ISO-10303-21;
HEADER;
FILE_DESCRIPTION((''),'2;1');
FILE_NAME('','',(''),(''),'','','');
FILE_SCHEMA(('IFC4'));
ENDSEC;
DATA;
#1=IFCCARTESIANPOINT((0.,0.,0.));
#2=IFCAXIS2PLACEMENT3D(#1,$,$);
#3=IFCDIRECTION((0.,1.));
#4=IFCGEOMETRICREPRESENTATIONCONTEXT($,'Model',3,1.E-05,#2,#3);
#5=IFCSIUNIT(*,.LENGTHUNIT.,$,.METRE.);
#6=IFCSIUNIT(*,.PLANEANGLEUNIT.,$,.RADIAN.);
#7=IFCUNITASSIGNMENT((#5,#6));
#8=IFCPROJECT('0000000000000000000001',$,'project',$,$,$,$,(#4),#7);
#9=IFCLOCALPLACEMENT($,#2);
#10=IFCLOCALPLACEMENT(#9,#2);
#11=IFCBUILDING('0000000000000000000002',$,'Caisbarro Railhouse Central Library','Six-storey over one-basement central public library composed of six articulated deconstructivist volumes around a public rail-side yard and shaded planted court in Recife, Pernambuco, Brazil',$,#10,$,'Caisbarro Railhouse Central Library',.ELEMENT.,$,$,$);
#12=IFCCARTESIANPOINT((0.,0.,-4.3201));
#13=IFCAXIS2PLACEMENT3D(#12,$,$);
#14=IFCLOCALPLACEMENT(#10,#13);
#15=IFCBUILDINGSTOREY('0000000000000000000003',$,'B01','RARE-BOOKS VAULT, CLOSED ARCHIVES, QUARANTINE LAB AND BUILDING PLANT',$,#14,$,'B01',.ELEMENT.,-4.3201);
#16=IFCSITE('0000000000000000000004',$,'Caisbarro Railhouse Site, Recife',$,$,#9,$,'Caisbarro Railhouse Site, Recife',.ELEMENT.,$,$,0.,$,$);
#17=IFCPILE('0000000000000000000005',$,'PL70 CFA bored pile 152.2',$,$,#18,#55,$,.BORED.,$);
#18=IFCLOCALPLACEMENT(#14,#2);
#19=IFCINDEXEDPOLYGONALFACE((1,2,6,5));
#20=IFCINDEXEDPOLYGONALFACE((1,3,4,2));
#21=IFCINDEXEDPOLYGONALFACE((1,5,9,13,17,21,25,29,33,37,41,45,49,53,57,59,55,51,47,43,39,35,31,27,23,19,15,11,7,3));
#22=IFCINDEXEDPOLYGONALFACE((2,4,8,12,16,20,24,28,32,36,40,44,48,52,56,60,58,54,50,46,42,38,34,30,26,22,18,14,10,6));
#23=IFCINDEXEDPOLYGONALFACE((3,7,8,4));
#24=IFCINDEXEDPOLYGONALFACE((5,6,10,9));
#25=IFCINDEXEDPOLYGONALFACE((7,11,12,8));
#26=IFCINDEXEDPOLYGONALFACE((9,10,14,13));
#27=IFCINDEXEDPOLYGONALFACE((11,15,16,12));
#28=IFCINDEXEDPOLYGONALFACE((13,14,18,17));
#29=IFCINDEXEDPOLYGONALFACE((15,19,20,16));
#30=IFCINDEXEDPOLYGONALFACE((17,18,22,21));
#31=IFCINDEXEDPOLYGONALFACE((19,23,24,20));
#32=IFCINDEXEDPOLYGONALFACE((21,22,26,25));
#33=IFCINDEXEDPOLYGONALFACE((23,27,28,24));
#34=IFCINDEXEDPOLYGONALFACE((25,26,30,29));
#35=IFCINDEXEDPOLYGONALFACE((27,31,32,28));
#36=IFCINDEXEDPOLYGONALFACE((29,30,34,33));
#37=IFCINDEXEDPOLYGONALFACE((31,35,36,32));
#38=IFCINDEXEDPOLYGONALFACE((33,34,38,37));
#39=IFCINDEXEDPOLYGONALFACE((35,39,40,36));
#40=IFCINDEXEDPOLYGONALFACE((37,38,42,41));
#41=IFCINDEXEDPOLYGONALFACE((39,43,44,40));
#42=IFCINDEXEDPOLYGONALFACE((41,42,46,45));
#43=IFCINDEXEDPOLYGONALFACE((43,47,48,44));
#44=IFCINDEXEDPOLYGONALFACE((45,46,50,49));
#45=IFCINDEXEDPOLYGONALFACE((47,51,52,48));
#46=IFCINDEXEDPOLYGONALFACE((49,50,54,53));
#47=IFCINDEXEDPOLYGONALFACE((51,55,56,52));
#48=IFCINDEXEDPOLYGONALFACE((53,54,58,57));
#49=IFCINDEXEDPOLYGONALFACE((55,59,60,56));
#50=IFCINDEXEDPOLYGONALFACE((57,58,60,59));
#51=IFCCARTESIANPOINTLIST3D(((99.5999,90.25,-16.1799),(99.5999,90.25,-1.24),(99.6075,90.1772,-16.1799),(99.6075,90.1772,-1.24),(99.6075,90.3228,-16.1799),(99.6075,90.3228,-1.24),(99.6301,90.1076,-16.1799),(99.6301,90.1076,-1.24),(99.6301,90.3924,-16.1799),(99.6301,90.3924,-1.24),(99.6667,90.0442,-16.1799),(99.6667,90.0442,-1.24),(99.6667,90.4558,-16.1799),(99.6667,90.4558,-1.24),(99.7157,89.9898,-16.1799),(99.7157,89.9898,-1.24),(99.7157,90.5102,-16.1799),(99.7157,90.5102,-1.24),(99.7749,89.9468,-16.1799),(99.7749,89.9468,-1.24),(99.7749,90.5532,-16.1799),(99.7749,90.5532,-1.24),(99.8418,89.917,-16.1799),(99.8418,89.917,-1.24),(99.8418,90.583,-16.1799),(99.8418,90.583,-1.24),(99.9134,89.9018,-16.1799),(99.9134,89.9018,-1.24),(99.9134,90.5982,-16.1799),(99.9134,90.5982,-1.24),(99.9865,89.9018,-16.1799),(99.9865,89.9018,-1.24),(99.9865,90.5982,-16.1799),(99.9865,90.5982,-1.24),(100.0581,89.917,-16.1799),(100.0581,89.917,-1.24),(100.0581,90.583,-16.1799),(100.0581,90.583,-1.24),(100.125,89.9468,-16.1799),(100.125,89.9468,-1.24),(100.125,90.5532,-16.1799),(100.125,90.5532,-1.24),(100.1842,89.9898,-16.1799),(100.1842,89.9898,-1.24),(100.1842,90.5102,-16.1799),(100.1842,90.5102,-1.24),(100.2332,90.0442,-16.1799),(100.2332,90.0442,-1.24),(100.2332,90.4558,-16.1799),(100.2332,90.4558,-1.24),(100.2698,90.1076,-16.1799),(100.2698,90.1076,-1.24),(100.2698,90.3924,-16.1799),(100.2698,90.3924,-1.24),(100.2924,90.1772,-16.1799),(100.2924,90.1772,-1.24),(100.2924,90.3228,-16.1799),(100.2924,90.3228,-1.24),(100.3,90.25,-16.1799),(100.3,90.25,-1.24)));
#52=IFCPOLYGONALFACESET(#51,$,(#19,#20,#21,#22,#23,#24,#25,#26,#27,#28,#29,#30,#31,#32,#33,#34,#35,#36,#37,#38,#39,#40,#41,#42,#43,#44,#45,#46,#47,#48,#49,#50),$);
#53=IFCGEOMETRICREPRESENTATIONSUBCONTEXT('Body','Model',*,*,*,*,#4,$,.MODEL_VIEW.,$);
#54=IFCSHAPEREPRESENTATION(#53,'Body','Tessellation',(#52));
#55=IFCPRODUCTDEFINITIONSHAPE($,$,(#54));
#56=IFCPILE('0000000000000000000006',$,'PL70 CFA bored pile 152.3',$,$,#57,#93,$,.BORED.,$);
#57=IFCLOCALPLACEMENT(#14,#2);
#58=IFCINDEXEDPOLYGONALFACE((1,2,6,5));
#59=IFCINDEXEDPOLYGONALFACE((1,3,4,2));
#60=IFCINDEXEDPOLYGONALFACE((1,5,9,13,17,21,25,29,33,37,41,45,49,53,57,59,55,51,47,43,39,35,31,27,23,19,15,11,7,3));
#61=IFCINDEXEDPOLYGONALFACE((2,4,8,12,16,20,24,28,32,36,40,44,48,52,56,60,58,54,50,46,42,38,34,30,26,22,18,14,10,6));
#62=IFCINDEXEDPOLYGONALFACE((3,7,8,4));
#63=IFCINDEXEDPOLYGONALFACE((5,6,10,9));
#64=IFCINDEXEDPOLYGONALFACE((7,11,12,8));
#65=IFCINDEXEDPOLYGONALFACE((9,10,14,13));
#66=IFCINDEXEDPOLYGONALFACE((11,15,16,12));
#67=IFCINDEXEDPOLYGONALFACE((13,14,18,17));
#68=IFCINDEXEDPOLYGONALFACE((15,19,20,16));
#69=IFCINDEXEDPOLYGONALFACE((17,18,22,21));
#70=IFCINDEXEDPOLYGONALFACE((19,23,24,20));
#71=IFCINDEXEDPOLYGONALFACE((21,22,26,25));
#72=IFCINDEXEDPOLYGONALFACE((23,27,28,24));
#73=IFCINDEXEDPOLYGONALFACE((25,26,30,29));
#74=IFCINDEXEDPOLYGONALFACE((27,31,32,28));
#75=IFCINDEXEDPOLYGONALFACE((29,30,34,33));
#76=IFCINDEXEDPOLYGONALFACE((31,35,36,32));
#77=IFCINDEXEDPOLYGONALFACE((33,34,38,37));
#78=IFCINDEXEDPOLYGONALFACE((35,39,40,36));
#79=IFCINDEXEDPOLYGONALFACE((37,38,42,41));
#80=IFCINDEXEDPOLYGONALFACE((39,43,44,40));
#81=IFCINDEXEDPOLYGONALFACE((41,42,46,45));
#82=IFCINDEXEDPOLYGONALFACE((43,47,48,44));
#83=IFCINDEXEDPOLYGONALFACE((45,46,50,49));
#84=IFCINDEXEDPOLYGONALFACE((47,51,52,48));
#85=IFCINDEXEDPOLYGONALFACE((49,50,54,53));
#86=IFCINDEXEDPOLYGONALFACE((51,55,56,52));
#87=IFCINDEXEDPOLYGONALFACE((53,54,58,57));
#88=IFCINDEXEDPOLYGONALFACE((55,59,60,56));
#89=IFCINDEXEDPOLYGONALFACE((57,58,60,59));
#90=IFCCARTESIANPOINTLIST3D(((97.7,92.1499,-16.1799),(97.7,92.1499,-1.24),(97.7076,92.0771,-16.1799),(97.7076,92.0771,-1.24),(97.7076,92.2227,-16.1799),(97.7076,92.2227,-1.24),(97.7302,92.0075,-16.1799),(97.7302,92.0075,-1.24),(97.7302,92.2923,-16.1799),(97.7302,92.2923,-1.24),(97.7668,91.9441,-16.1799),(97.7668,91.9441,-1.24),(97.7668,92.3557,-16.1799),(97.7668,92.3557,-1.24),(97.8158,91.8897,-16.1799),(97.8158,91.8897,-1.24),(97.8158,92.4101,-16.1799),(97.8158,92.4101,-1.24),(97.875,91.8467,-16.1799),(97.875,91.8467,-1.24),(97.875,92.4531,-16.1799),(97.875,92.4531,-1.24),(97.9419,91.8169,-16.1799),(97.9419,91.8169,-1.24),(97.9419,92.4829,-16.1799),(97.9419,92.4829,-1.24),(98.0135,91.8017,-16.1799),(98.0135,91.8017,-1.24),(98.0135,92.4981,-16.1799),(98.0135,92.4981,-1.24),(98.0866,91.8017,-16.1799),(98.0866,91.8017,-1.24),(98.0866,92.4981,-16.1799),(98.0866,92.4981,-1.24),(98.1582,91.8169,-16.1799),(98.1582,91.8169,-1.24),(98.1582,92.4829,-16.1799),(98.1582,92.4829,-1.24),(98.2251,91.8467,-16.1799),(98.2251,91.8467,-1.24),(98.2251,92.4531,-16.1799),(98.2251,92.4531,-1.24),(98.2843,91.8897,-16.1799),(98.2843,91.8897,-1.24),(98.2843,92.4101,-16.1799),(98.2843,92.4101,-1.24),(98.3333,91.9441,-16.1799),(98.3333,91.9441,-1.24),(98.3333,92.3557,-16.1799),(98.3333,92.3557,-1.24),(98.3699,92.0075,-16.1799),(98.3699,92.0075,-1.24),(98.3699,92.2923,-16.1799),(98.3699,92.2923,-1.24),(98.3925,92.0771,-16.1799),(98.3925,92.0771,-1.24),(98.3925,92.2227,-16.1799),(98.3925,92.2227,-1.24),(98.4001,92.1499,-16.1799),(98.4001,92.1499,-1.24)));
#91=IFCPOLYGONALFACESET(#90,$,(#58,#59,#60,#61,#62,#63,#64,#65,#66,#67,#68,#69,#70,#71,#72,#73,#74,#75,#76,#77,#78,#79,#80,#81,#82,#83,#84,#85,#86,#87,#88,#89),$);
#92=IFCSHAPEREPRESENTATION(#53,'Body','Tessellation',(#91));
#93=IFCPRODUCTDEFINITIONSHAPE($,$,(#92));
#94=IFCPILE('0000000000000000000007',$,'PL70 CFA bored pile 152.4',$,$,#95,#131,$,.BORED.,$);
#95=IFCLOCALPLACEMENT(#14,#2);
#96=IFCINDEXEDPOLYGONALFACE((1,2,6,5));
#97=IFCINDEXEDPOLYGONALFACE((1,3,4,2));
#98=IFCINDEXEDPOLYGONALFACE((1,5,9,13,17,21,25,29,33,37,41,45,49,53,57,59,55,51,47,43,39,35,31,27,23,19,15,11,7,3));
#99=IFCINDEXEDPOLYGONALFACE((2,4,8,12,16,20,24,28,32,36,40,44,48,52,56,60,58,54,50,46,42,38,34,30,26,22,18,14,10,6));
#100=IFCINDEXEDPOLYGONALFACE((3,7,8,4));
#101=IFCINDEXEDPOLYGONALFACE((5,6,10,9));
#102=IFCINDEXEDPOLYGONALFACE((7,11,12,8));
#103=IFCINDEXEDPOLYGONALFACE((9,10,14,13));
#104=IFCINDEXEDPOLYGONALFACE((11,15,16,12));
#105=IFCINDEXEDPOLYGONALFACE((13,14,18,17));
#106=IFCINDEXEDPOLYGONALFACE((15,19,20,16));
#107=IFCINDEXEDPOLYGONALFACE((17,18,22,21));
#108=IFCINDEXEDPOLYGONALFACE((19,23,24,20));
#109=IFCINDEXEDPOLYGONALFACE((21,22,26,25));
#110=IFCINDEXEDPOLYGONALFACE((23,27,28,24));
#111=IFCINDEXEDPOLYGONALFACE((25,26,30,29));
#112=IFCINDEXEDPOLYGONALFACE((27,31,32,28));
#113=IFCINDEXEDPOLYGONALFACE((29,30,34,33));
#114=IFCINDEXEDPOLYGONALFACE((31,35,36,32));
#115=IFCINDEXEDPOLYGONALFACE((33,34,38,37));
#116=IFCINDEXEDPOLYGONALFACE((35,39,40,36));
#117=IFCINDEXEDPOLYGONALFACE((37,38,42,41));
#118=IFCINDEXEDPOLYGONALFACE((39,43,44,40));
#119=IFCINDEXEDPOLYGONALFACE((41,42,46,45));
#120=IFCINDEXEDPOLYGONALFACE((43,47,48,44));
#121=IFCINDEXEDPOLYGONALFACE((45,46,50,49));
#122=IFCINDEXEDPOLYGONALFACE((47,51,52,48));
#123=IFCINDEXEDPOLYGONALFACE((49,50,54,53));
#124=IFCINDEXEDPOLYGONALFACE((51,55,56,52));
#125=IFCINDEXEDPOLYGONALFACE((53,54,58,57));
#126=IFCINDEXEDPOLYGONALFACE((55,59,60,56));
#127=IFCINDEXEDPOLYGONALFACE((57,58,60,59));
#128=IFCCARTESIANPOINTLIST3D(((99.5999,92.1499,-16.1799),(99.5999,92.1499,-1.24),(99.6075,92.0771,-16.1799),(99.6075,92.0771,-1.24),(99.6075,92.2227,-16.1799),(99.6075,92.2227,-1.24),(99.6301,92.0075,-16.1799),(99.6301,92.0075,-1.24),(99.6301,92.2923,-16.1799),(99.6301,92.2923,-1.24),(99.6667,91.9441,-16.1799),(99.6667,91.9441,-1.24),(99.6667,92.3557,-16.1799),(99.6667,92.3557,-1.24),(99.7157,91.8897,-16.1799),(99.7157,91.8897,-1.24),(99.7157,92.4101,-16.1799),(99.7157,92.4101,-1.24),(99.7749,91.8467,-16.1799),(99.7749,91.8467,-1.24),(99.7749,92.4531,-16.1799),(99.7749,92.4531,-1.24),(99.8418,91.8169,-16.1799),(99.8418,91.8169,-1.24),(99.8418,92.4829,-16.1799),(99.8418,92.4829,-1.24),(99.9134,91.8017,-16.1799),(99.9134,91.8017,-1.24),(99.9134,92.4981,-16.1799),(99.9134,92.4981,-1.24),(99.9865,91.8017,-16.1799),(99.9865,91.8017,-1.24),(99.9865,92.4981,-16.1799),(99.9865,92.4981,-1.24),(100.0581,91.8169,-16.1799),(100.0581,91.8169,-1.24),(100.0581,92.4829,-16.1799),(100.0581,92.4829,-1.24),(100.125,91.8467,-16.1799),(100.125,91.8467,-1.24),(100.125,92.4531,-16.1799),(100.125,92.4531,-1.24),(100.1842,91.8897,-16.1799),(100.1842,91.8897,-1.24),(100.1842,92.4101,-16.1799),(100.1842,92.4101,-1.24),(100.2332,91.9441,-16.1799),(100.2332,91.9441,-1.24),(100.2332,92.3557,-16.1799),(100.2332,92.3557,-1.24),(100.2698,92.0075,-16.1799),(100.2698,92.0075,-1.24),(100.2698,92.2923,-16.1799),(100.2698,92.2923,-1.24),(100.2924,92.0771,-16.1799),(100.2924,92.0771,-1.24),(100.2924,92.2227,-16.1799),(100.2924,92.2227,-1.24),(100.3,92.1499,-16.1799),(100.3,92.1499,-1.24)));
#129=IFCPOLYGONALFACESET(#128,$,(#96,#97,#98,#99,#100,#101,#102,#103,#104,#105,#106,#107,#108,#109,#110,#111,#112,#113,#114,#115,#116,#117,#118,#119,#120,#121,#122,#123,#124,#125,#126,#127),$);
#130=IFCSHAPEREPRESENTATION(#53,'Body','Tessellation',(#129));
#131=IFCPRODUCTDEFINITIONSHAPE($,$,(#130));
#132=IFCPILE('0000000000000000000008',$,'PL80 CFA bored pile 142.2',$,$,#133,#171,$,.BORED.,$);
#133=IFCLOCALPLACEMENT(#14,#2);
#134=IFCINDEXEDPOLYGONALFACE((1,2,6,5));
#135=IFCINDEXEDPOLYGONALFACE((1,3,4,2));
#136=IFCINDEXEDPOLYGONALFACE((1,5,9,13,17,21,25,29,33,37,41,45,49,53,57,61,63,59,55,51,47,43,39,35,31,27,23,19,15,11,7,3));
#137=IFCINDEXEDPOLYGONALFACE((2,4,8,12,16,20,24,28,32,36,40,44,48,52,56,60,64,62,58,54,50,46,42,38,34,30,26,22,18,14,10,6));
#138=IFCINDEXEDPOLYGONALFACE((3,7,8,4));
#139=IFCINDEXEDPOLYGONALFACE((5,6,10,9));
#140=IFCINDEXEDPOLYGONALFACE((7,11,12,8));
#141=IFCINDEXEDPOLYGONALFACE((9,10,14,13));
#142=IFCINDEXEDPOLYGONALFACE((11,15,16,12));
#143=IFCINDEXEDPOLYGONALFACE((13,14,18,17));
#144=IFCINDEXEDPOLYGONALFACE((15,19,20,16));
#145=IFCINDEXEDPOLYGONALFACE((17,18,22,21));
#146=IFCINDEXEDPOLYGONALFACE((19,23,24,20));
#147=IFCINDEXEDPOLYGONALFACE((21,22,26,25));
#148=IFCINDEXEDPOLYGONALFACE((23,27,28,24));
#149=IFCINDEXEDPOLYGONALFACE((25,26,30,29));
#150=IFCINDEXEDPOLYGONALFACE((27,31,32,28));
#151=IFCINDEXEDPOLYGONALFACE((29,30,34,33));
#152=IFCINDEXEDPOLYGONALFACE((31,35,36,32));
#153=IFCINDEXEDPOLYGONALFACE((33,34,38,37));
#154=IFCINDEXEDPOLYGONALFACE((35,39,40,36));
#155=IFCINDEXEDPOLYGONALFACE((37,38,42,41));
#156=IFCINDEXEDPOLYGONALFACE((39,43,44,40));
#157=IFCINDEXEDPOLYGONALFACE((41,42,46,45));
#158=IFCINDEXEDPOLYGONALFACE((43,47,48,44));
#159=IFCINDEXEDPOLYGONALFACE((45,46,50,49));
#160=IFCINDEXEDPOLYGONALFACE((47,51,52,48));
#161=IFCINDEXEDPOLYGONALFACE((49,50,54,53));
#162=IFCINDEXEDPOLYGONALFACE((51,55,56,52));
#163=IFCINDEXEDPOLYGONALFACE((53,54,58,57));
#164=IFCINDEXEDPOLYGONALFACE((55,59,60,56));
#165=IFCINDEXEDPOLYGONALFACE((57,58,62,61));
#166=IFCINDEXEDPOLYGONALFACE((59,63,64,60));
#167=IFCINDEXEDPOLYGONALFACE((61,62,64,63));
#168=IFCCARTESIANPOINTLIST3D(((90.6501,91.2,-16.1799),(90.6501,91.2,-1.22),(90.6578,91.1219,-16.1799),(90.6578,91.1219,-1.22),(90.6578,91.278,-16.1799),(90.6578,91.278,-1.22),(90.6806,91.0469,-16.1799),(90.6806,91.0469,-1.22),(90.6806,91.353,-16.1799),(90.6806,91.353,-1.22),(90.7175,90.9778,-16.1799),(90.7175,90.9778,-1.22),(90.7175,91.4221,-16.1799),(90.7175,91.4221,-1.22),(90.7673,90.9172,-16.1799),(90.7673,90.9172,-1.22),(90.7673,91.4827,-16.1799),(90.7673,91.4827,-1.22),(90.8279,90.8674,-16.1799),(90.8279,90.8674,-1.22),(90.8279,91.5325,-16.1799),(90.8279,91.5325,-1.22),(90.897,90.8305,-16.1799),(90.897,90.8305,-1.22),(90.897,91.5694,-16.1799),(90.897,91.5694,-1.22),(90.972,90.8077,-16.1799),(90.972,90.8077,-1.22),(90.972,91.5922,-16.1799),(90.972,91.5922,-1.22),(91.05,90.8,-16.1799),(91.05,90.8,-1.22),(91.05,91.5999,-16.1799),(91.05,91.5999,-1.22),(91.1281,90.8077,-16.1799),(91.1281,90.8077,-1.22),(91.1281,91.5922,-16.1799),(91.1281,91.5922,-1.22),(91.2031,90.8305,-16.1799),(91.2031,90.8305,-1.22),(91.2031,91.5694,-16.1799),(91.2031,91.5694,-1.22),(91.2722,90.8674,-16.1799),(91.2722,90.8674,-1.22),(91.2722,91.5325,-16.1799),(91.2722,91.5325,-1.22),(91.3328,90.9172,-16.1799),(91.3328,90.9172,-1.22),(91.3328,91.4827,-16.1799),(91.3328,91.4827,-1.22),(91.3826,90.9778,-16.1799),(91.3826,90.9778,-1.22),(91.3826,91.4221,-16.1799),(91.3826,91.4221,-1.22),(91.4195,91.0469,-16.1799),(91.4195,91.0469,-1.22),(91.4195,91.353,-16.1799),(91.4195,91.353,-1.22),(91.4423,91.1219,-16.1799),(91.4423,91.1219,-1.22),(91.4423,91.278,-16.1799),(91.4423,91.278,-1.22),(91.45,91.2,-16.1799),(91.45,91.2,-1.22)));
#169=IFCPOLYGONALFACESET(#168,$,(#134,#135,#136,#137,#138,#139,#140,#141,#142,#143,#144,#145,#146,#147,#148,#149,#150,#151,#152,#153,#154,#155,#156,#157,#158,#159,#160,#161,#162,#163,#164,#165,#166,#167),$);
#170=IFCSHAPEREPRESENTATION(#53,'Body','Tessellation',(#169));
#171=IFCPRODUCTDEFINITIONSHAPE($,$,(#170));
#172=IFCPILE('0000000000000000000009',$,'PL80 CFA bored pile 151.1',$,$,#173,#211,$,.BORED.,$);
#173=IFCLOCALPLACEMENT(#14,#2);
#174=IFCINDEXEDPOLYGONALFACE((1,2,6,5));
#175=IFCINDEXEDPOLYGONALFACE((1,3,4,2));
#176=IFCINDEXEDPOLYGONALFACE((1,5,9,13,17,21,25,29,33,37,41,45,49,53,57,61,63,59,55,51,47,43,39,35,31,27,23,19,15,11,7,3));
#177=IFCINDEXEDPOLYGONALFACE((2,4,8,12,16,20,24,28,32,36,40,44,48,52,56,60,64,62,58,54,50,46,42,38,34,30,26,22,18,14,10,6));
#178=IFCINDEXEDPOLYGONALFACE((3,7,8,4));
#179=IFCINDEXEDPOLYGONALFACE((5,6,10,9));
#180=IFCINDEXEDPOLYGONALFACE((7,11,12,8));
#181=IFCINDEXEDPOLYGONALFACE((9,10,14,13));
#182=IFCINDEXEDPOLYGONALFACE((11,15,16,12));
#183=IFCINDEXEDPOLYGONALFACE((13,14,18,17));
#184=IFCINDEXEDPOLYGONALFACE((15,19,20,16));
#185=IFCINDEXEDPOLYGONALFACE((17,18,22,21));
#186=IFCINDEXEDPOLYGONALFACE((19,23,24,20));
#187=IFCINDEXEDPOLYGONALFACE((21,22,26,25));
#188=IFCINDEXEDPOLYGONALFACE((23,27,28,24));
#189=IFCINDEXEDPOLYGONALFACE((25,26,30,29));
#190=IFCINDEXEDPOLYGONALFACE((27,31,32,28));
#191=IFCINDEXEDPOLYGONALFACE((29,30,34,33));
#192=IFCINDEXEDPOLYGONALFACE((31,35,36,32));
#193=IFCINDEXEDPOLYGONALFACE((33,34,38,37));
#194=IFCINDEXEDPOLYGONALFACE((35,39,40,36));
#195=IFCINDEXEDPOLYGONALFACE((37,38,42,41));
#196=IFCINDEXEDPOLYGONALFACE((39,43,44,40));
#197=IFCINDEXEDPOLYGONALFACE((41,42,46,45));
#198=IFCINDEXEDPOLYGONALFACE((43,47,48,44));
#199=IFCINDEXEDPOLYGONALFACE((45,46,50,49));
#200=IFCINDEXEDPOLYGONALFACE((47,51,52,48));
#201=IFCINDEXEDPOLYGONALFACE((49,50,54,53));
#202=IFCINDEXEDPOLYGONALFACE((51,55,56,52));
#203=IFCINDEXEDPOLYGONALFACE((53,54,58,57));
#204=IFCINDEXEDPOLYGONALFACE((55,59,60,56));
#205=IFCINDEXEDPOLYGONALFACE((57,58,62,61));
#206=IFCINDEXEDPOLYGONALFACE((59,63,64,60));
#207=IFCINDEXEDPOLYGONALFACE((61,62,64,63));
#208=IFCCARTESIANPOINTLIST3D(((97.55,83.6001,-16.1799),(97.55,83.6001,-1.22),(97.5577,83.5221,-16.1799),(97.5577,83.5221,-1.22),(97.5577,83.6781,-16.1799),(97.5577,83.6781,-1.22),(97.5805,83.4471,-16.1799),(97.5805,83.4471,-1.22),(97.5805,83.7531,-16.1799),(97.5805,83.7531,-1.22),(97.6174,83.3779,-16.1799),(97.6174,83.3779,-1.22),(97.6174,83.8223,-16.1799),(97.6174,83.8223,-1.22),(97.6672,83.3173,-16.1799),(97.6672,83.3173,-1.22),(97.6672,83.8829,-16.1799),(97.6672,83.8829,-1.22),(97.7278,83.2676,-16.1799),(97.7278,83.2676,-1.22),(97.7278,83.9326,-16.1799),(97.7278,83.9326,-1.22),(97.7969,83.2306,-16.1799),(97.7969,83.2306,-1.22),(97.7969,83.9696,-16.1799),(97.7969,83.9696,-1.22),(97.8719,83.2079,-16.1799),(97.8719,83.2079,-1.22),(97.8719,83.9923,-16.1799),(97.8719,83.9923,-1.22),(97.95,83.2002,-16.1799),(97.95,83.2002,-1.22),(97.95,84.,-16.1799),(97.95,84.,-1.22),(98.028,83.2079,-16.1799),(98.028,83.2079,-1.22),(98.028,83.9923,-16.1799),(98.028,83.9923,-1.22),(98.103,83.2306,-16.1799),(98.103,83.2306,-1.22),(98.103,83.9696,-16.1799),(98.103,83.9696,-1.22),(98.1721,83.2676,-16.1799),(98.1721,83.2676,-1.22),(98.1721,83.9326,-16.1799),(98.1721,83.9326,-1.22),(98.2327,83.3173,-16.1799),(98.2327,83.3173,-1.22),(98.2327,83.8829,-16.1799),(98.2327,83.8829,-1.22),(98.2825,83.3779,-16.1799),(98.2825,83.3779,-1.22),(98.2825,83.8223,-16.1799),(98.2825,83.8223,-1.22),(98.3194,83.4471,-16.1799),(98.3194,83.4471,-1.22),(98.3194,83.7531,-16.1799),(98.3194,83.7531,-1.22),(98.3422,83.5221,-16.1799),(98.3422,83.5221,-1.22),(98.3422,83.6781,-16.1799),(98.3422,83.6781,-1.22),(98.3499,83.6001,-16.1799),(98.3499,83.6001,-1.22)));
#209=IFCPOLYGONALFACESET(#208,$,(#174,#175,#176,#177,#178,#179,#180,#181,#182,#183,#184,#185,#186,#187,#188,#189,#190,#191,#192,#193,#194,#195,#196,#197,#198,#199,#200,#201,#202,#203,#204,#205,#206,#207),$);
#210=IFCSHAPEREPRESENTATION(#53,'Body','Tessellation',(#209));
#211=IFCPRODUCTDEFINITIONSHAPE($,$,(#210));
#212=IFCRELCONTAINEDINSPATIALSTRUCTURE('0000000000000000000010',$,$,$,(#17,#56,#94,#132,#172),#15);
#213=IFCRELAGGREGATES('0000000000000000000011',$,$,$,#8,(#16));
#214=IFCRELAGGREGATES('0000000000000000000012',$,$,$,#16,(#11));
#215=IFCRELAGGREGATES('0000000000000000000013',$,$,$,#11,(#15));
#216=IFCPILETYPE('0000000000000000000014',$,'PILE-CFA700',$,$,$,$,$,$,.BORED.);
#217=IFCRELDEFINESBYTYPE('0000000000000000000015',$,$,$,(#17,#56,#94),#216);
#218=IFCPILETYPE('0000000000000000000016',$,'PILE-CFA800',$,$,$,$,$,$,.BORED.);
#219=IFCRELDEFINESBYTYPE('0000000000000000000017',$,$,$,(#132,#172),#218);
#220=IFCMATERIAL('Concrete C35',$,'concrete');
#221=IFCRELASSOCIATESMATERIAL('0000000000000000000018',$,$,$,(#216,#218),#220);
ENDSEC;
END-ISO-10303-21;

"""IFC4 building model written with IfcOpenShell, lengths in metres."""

from ifc_helpers import new_model, si_unit, direction, frame, origin, origin_2d, place, context, subcontext, project, spatial, circle, extrude, material, material_profile, profile_set, type_object, element, save


model = new_model("IFC4")

# Units and contexts
model_context = context("Model", 3, precision=1e-05, world=origin(), true_north=direction((0.0, 1.0)))
body_context = subcontext(model_context, "Body", "Model", "MODEL_VIEW")
ifc_project = project(units=[si_unit("LENGTHUNIT", "METRE"), si_unit("PLANEANGLEUNIT", "RADIAN")], contexts=[model_context])

# Site, building, storey
site_placement = place(None, origin())
site = spatial("IfcSite", under=ifc_project, at=site_placement, Name="Caisbarro Railhouse Site, Recife", LongName="Caisbarro Railhouse Site, Recife", CompositionType="ELEMENT", RefElevation=0.0)
building_placement = place(site_placement, origin())
building = spatial("IfcBuilding", under=site, at=building_placement, Name="Caisbarro Railhouse Central Library", Description="Six-storey over one-basement central public library composed of six articulated deconstructivist volumes around a public rail-side yard and shaded planted court in Recife, Pernambuco, Brazil", LongName="Caisbarro Railhouse Central Library", CompositionType="ELEMENT")
storey_placement = place(building_placement, frame((0.0, 0.0, -4.3201)))
storey = spatial("IfcBuildingStorey", under=building, at=storey_placement, Name="B01", Description="RARE-BOOKS VAULT, CLOSED ARCHIVES, QUARANTINE LAB AND BUILDING PLANT", LongName="B01", CompositionType="ELEMENT", Elevation=-4.3201)

# Shared definitions
ifc_material_1 = material(Name="Concrete C35", Category="concrete")

# Piles
ifc_material_profile_1 = material_profile(ifc_material_1, circle(Radius=0.3501, at=origin_2d()), Name="PILE-CFA-700")
ifc_profile_set_1 = profile_set([ifc_material_profile_1], Name="Concrete C35")
pile_type_1 = type_object("IfcPileType", Name="PILE-CFA700", PredefinedType="BORED", material=ifc_profile_set_1)
for number, where, z_axis, x_axis, name in (
    (1, (99.95, 90.25, -1.24), (0.0, 0.0, -1.0), (1.0, 0.0, 0.0), "PL70 CFA bored pile 152.2"),
    (2, (98.05, 92.1499, -1.24), (0.0, 0.0, -1.0), (1.0, 0.0, 0.0), "PL70 CFA bored pile 152.3"),
    (3, (99.95, 92.1499, -1.24), (0.0, 0.0, -1.0), (1.0, 0.0, 0.0), "PL70 CFA bored pile 152.4"),
):
    element("IfcPile", number, at=place(storey_placement, frame(where, z_axis=z_axis, x_axis=x_axis)), inside=storey, type_object=pile_type_1, Name=name, PredefinedType="BORED", context=body_context, shape_type="SweptSolid", body=[
        extrude(circle(Radius=0.3501, at=origin_2d()), origin(), (0.0, 0.0, 1.0), 14.9399),
    ])
ifc_material_profile_2 = material_profile(ifc_material_1, circle(Radius=0.3999, at=origin_2d()), Name="PILE-CFA-800")
ifc_profile_set_2 = profile_set([ifc_material_profile_2], Name="Concrete C35")
pile_type_2 = type_object("IfcPileType", Name="PILE-CFA800", PredefinedType="BORED", material=ifc_profile_set_2)
for number, where, z_axis, x_axis, name in (
    (4, (91.05, 91.2, -1.22), (0.0, 0.0, -1.0), (1.0, 0.0, 0.0), "PL80 CFA bored pile 142.2"),
    (5, (97.95, 83.6001, -1.22), (0.0, 0.0, -1.0), (1.0, 0.0, 0.0), "PL80 CFA bored pile 151.1"),
):
    element("IfcPile", number, at=place(storey_placement, frame(where, z_axis=z_axis, x_axis=x_axis)), inside=storey, type_object=pile_type_2, Name=name, PredefinedType="BORED", context=body_context, shape_type="SweptSolid", body=[
        extrude(circle(Radius=0.3999, at=origin_2d()), origin(), (0.0, 0.0, 1.0), 14.96),
    ])

save(model, "model.ifc")
